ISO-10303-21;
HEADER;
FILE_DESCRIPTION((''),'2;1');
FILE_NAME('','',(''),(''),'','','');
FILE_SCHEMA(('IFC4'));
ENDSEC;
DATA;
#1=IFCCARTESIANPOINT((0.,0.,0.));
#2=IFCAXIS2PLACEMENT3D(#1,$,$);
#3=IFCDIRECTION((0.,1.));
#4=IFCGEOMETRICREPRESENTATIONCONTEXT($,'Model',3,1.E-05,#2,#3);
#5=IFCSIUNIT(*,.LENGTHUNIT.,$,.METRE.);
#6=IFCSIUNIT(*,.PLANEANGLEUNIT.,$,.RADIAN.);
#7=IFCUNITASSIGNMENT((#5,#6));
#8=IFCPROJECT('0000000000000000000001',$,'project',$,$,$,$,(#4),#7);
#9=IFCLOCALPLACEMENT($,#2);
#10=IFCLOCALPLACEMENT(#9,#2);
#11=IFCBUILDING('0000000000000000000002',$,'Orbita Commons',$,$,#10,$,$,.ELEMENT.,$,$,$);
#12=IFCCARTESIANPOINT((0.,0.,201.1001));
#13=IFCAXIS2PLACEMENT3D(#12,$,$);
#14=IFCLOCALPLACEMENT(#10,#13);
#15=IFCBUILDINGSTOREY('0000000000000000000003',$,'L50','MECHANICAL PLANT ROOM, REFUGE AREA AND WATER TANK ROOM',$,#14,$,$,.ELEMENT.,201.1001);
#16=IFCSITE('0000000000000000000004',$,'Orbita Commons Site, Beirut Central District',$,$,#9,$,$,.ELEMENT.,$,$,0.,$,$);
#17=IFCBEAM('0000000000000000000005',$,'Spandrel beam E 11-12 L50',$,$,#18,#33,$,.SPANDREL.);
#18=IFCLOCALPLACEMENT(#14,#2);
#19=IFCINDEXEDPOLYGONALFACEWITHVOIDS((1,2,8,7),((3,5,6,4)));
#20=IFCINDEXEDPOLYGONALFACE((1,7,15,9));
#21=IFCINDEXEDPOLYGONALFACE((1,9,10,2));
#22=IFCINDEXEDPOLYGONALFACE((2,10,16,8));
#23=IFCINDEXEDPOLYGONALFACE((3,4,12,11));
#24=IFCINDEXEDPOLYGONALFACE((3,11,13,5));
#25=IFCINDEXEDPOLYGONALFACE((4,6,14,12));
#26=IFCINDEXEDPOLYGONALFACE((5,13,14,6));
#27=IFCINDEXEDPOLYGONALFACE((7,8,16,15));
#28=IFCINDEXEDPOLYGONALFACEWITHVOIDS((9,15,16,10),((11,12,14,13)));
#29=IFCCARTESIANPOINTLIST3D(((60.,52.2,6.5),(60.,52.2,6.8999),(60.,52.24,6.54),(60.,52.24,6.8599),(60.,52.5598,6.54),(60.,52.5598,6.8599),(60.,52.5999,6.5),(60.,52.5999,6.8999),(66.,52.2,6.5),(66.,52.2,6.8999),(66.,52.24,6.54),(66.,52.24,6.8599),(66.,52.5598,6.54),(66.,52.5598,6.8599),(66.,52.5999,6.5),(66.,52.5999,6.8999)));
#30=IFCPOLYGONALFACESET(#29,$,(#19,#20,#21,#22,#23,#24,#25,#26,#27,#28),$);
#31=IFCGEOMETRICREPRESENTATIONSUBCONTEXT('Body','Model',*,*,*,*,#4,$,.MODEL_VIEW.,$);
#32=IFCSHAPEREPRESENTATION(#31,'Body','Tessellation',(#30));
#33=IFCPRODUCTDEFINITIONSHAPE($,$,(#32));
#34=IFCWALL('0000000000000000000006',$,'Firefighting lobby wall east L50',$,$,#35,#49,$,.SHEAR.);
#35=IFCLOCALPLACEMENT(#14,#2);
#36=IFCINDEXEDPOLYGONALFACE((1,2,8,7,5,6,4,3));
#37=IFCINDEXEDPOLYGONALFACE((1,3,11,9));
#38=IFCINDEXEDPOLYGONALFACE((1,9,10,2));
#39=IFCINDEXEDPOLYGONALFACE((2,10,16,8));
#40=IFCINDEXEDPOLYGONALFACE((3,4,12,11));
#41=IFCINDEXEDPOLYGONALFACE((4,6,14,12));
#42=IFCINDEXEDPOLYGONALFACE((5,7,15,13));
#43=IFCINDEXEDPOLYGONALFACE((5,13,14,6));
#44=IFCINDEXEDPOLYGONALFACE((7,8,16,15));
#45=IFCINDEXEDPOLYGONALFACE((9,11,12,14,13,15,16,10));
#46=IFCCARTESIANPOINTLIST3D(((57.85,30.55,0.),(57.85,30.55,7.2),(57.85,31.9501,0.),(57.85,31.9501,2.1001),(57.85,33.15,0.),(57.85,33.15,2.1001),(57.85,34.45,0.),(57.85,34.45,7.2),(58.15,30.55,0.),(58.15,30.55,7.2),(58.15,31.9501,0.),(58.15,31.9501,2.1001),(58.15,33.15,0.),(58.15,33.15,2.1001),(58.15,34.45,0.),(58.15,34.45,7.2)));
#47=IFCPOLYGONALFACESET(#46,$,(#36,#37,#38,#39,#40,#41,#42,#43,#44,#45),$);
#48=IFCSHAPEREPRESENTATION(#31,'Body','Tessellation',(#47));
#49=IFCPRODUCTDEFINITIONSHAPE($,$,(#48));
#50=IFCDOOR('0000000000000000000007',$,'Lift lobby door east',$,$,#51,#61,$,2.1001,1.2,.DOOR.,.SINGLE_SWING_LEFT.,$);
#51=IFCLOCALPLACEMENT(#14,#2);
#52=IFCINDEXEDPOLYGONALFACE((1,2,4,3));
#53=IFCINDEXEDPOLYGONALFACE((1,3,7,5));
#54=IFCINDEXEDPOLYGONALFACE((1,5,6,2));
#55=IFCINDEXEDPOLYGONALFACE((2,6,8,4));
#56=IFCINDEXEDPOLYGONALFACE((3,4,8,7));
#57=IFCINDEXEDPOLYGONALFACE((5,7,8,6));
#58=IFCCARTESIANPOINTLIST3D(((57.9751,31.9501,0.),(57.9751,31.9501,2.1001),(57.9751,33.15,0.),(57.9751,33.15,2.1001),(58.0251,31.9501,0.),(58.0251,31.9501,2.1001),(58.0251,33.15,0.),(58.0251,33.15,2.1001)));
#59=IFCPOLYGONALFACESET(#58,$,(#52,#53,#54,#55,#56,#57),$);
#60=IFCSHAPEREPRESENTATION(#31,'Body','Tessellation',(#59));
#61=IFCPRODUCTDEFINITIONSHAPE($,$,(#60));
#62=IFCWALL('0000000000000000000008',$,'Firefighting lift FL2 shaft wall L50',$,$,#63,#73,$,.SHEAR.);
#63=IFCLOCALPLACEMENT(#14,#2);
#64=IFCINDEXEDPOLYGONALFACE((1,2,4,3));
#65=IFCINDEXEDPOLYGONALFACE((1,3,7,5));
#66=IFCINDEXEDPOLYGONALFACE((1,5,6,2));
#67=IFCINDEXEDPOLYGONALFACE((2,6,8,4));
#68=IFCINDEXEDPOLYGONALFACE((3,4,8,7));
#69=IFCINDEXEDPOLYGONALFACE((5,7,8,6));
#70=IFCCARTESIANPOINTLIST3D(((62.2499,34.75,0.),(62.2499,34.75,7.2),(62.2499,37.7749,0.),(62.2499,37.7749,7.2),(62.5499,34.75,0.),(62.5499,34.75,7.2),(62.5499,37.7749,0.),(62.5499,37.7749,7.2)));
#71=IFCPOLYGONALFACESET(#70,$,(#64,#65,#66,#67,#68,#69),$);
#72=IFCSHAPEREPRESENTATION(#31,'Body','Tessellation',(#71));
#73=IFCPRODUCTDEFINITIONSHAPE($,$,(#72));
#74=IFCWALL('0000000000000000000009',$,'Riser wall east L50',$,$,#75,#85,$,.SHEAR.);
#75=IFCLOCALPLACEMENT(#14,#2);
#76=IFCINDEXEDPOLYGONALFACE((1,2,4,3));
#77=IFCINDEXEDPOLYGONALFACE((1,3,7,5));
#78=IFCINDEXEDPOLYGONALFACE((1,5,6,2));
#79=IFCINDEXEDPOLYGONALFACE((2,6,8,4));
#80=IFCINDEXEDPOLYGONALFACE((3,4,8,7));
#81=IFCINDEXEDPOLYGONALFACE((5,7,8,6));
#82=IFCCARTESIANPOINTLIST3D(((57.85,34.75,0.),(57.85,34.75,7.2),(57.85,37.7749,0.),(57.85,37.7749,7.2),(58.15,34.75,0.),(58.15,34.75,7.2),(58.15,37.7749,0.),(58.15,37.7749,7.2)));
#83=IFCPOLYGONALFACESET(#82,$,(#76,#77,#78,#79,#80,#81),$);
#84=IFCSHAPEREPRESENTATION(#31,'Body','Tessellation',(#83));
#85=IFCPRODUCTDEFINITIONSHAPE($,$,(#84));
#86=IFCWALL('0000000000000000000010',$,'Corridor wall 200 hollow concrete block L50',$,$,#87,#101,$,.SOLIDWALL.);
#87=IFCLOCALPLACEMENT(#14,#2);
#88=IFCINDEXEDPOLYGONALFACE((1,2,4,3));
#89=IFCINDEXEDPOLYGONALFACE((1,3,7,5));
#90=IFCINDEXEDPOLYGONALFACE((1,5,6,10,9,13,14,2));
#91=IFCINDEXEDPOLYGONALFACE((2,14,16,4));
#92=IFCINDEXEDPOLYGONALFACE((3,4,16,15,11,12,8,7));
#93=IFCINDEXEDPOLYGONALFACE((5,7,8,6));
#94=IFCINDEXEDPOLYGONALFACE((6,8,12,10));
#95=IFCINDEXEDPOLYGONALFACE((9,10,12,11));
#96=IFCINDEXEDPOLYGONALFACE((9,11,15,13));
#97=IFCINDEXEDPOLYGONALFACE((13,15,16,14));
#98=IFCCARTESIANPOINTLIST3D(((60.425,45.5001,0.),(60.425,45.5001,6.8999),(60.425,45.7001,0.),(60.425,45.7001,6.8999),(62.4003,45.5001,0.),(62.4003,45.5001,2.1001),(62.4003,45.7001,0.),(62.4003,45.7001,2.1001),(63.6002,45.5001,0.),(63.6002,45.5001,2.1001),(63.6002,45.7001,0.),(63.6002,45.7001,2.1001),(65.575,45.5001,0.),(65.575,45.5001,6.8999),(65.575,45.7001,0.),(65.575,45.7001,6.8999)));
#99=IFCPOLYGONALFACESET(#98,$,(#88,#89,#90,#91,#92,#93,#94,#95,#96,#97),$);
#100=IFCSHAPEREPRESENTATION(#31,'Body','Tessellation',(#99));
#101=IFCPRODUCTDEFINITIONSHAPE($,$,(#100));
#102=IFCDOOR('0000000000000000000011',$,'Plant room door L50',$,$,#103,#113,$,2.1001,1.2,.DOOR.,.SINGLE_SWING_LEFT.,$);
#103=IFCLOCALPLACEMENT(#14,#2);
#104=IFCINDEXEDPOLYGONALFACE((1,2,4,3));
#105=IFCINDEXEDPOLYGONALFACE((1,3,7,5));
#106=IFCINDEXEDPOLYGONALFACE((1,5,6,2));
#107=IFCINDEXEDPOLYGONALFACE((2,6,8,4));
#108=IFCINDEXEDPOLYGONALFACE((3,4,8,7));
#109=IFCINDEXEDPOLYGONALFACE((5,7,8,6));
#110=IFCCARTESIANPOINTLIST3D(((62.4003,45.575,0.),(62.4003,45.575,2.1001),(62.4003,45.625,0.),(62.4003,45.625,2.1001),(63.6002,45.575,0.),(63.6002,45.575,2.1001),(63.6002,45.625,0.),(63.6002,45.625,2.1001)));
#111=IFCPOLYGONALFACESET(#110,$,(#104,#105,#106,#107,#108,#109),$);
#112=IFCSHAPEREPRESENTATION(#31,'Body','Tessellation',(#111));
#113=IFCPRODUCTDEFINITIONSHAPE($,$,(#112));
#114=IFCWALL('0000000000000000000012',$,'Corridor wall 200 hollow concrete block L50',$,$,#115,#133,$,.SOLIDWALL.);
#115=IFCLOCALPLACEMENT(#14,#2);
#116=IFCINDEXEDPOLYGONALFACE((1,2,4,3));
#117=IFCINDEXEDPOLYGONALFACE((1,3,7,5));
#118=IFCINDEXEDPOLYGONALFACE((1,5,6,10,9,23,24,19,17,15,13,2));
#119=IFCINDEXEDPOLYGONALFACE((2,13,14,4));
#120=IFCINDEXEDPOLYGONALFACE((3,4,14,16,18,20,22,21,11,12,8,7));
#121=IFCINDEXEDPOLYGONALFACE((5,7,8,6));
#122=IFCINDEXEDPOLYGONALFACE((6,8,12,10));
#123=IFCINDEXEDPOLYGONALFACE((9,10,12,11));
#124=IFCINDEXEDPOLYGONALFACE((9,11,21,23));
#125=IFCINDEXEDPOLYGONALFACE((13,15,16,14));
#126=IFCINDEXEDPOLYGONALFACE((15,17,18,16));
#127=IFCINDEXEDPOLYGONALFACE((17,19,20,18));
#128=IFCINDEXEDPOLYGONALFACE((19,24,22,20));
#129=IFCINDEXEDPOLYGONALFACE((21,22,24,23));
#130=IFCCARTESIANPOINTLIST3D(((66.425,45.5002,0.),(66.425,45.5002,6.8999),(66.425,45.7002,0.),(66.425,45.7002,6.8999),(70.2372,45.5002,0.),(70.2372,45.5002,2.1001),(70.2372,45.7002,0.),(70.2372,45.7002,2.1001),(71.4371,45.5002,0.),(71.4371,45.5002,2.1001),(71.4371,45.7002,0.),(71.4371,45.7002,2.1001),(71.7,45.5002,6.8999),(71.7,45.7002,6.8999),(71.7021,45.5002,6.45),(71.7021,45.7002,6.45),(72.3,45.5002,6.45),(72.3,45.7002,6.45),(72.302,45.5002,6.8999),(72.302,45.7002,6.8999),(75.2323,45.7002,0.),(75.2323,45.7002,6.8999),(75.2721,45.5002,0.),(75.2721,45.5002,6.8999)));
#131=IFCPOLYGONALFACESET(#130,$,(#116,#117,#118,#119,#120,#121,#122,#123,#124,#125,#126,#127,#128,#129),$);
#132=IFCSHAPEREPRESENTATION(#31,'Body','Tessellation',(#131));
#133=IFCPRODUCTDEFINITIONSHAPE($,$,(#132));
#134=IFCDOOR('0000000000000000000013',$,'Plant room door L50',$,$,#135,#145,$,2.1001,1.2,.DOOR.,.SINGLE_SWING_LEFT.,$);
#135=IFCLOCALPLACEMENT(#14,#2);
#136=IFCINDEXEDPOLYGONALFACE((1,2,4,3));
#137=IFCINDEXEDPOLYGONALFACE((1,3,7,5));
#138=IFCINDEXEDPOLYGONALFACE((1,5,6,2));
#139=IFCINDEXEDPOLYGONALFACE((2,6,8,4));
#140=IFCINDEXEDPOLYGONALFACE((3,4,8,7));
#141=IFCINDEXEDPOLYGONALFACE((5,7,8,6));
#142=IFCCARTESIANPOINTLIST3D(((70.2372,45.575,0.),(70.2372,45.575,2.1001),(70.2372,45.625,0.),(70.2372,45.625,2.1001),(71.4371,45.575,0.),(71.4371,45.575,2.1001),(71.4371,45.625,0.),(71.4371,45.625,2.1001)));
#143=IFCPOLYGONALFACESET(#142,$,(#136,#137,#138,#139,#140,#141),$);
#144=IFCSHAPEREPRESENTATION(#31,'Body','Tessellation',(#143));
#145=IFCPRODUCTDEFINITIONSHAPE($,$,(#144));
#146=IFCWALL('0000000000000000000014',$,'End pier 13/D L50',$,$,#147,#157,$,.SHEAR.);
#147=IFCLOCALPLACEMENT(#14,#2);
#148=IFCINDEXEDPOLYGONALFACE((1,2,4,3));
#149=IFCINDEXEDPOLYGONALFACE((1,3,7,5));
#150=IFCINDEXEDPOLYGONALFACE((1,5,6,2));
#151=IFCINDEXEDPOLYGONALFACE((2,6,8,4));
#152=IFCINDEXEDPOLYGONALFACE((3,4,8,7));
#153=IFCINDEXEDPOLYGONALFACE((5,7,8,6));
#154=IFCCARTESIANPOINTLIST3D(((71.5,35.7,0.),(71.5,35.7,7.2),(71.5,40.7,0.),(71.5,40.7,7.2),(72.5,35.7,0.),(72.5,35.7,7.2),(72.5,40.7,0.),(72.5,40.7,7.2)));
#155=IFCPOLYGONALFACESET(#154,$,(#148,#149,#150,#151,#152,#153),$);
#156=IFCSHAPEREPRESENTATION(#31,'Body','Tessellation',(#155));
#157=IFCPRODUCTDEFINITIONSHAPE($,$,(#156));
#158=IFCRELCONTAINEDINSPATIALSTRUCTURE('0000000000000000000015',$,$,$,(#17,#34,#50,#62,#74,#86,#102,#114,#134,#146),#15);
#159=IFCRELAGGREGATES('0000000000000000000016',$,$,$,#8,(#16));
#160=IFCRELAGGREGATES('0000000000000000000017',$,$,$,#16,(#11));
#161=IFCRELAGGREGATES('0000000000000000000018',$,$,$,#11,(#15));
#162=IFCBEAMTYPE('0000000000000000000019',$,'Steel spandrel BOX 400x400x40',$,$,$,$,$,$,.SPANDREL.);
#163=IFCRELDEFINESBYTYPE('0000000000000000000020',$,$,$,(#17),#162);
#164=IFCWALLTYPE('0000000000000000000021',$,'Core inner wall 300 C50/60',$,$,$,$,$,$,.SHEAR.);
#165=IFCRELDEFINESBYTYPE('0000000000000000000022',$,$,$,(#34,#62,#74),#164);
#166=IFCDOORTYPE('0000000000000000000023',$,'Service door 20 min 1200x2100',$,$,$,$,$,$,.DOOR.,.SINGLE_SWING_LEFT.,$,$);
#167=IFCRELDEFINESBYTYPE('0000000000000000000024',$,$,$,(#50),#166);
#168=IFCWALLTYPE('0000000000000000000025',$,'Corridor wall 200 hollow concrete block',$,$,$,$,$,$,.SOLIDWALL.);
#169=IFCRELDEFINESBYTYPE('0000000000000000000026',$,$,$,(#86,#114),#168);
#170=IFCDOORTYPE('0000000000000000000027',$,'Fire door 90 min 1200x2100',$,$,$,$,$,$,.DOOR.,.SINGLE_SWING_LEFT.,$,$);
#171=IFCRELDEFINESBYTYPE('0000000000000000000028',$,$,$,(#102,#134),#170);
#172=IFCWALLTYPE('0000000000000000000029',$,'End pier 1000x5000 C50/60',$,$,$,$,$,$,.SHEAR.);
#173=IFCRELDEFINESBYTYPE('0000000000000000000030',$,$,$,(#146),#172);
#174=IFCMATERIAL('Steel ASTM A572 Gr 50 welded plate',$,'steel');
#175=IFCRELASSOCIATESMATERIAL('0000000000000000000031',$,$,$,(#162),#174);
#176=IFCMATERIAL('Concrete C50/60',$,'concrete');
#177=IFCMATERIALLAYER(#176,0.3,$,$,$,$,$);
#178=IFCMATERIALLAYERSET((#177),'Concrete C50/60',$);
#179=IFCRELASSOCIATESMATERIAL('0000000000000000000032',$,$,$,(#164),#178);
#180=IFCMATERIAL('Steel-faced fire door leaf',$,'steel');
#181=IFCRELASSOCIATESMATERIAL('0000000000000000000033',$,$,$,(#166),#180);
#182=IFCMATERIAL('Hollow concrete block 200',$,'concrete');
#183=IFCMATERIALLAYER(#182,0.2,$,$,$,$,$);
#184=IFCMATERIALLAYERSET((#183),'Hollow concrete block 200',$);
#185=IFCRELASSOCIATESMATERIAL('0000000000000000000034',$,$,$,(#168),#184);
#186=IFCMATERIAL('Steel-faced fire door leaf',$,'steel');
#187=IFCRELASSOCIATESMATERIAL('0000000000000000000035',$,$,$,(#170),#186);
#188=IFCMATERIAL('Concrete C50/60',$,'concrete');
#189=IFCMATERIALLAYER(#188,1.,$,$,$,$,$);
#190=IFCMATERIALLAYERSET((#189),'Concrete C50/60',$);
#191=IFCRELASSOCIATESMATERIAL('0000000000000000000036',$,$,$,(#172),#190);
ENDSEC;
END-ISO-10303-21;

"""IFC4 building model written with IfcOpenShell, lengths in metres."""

from ifc_helpers import new_model, si_unit, direction, frame, frame_2d, origin, origin_2d, place, context, subcontext, project, spatial, polyline, rectangle, hollow_rectangle, outline, extrude, clip, halfspace, material, layer, layer_set, material_profile, profile_set, type_object, element, fill, save


model = new_model("IFC4")

# Units and contexts
model_context = context("Model", 3, precision=1e-05, world=origin(), true_north=direction((0.0, 1.0)))
body_context = subcontext(model_context, "Body", "Model", "MODEL_VIEW")
ifc_project = project(units=[si_unit("LENGTHUNIT", "METRE"), si_unit("PLANEANGLEUNIT", "RADIAN")], contexts=[model_context])

# Site, building, storey
site_placement = place(None, origin())
site = spatial("IfcSite", under=ifc_project, at=site_placement, Name="Orbita Commons Site, Beirut Central District", CompositionType="ELEMENT", RefElevation=0.0)
building_placement = place(site_placement, origin())
building = spatial("IfcBuilding", under=site, at=building_placement, Name="Orbita Commons", CompositionType="ELEMENT")
storey_placement = place(building_placement, frame((0.0, 0.0, 201.1001)))
storey = spatial("IfcBuildingStorey", under=building, at=storey_placement, Name="L50", Description="MECHANICAL PLANT ROOM, REFUGE AREA AND WATER TANK ROOM", CompositionType="ELEMENT", Elevation=201.1001)

# Beam
ifc_material_1 = material(Name="Steel ASTM A572 Gr 50 welded plate", Category="steel")
ifc_material_profile_1 = material_profile(ifc_material_1, hollow_rectangle(XDim=0.3999, YDim=0.3999, WallThickness=0.04, at=origin_2d()), Name="BOX 400x400x40")
ifc_profile_set_1 = profile_set([ifc_material_profile_1], Name="Steel ASTM A572 Gr 50 welded plate")
beam_type_1 = type_object("IfcBeamType", Name="Steel spandrel BOX 400x400x40", PredefinedType="SPANDREL", material=ifc_profile_set_1)
beam_1_placement = place(storey_placement, frame((60.0, 52.3999, 6.7), z_axis=(1.0, 0.0, 0.0), x_axis=(0.0, 1.0, 0.0)))
element("IfcBeam", 1, at=beam_1_placement, inside=storey, type_object=beam_type_1, Name="Spandrel beam E 11-12 L50", PredefinedType="SPANDREL", context=body_context, shape_type="SweptSolid", body=[
    extrude(hollow_rectangle(XDim=0.3999, YDim=0.3999, WallThickness=0.04, at=origin_2d()), origin(), (0.0, 0.0, 1.0), 6.0),
])

# Wall, opening, door
ifc_material_2 = material(Name="Concrete C50/60", Category="concrete")
ifc_layer_1 = layer(ifc_material_2, 0.3)
ifc_layer_set_1 = layer_set([ifc_layer_1], Name="Concrete C50/60")
wall_type_1 = type_object("IfcWallType", Name="Core inner wall 300 C50/60", PredefinedType="SHEAR", material=ifc_layer_set_1)
wall_1_placement = place(storey_placement, frame((58.0, 30.55, 0.0), z_axis=(0.0, 0.0, 1.0), x_axis=(0.0, 1.0, 0.0)))
wall_1 = element("IfcWall", 2, at=wall_1_placement, inside=storey, type_object=wall_type_1, Name="Firefighting lobby wall east L50", PredefinedType="SHEAR", context=body_context, shape_type="SweptSolid", body=[
    extrude(rectangle(XDim=3.8999, YDim=0.3, at=frame_2d((1.95, 0.0))), origin(), (0.0, 0.0, 1.0), 7.2),
])
opening_1_placement = place(wall_1_placement, frame((1.3999, 0.0, 0.0)))
opening_1 = element("IfcOpeningElement", 3, at=opening_1_placement, cuts=wall_1, PredefinedType="OPENING", context=body_context, shape_type="SweptSolid", body=[
    extrude(rectangle(XDim=1.2, YDim=2.1001, at=frame_2d((0.6001, 1.05))), frame((0.0, 0.1599, 0.0), z_axis=(0.0, -1.0, 0.0), x_axis=(1.0, 0.0, 0.0)), (0.0, 0.0, 1.0), 0.3201),
])
ifc_material_3 = material(Name="Steel-faced fire door leaf", Category="steel")
door_type_1 = type_object("IfcDoorType", Name="Service door 20 min 1200x2100", OperationType="SINGLE_SWING_LEFT", PredefinedType="DOOR", material=ifc_material_3)
door_1_placement = place(opening_1_placement, origin())
door_1 = element("IfcDoor", 4, at=door_1_placement, inside=storey, type_object=door_type_1, Name="Lift lobby door east", OperationType="SINGLE_SWING_LEFT", OverallHeight=2.1001, OverallWidth=1.2, PredefinedType="DOOR", context=body_context, shape_type="SweptSolid", body=[
    extrude(rectangle(XDim=1.2, YDim=2.1001, at=frame_2d((0.6001, 1.05))), frame((0.0, 0.0249, 0.0), z_axis=(0.0, -1.0, 0.0), x_axis=(1.0, 0.0, 0.0)), (0.0, 0.0, 1.0), 0.05),
])
fill(opening_1, door_1)

# Walls
for number, where, z_axis, x_axis, name in (
    (5, (62.3999, 34.75, 0.0), (0.0, 0.0, 1.0), (0.0, 1.0, 0.0), "Firefighting lift FL2 shaft wall L50"),
    (6, (58.0, 34.75, 0.0), (0.0, 0.0, 1.0), (0.0, 1.0, 0.0), "Riser wall east L50"),
):
    element("IfcWall", number, at=place(storey_placement, frame(where, z_axis=z_axis, x_axis=x_axis)), inside=storey, type_object=wall_type_1, Name=name, PredefinedType="SHEAR", context=body_context, shape_type="SweptSolid", body=[
        extrude(rectangle(XDim=3.0249, YDim=0.3, at=frame_2d((1.5125, 0.0))), origin(), (0.0, 0.0, 1.0), 7.2),
    ])

# Walls, openings, doors
ifc_material_4 = material(Name="Hollow concrete block 200", Category="concrete")
ifc_layer_2 = layer(ifc_material_4, 0.2)
ifc_layer_set_2 = layer_set([ifc_layer_2], Name="Hollow concrete block 200")
wall_type_2 = type_object("IfcWallType", Name="Corridor wall 200 hollow concrete block", PredefinedType="SOLIDWALL", material=ifc_layer_set_2)
wall_2_placement = place(storey_placement, frame((60.425, 45.6001, 0.0), z_axis=(0.0, 0.0, 1.0), x_axis=(1.0, 0.0, 0.0)))
wall_2 = element("IfcWall", 7, at=wall_2_placement, inside=storey, type_object=wall_type_2, Name="Corridor wall 200 hollow concrete block L50", PredefinedType="SOLIDWALL", context=body_context, shape_type="SweptSolid", body=[
    extrude(rectangle(XDim=5.1499, YDim=0.2, at=frame_2d((2.575, 0.0))), origin(), (0.0, 0.0, 1.0), 6.8999),
])
opening_2_placement = place(wall_2_placement, frame((1.9751, 0.0, 0.0)))
opening_2 = element("IfcOpeningElement", 8, at=opening_2_placement, cuts=wall_2, PredefinedType="OPENING", context=body_context, shape_type="SweptSolid", body=[
    extrude(rectangle(XDim=1.2, YDim=2.1001, at=frame_2d((0.6001, 1.05))), frame((0.0, 0.1099, 0.0), z_axis=(0.0, -1.0, 0.0), x_axis=(1.0, 0.0, 0.0)), (0.0, 0.0, 1.0), 0.22),
])
ifc_material_5 = material(Name="Steel-faced fire door leaf", Category="steel")
door_type_2 = type_object("IfcDoorType", Name="Fire door 90 min 1200x2100", OperationType="SINGLE_SWING_LEFT", PredefinedType="DOOR", material=ifc_material_5)
door_2_placement = place(opening_2_placement, origin())
door_2 = element("IfcDoor", 9, at=door_2_placement, inside=storey, type_object=door_type_2, Name="Plant room door L50", OperationType="SINGLE_SWING_LEFT", OverallHeight=2.1001, OverallWidth=1.2, PredefinedType="DOOR", context=body_context, shape_type="SweptSolid", body=[
    extrude(rectangle(XDim=1.2, YDim=2.1001, at=frame_2d((0.6001, 1.05))), frame((0.0, 0.0249, 0.0), z_axis=(0.0, -1.0, 0.0), x_axis=(1.0, 0.0, 0.0)), (0.0, 0.0, 1.0), 0.05),
])
fill(opening_2, door_2)
wall_3_placement = place(storey_placement, frame((66.425, 45.6001, 0.0), z_axis=(0.0, 0.0, 1.0), x_axis=(1.0, 0.0, 0.0)))
wall_3 = element("IfcWall", 10, at=wall_3_placement, inside=storey, type_object=wall_type_2, Name="Corridor wall 200 hollow concrete block L50", PredefinedType="SOLIDWALL", context=body_context, shape_type="Clipping", body=[
    clip(clip(extrude(outline(polyline([(-0.0298, 0.0), (8.8569, 0.0), (8.8569, 6.8999), (5.877, 6.8999), (5.875, 6.45), (5.2771, 6.45), (5.2749, 6.8999), (-0.0298, 6.8999), (-0.0298, 0.0)])), frame((0.0, 0.1001, 0.0), z_axis=(0.0, -1.0, 0.0), x_axis=(1.0, 0.0, 0.0)), (0.0, 0.0, 1.0), 0.2), halfspace(frame((0.0, 0.0, 0.0), z_axis=(-1.0, 0.0, 0.0)), False)), halfspace(frame((8.8271, 0.0, 0.0), z_axis=(0.980788, 0.195079, 0.0)), False)),
])
opening_3_placement = place(wall_3_placement, frame((3.812, 0.0, 0.0)))
opening_3 = element("IfcOpeningElement", 11, at=opening_3_placement, cuts=wall_3, PredefinedType="OPENING", context=body_context, shape_type="SweptSolid", body=[
    extrude(rectangle(XDim=1.2, YDim=2.1001, at=frame_2d((0.6001, 1.05))), frame((0.0, 0.1099, 0.0), z_axis=(0.0, -1.0, 0.0), x_axis=(1.0, 0.0, 0.0)), (0.0, 0.0, 1.0), 0.22),
])
door_3_placement = place(opening_3_placement, origin())
door_3 = element("IfcDoor", 12, at=door_3_placement, inside=storey, type_object=door_type_2, Name="Plant room door L50", OperationType="SINGLE_SWING_LEFT", OverallHeight=2.1001, OverallWidth=1.2, PredefinedType="DOOR", context=body_context, shape_type="SweptSolid", body=[
    extrude(rectangle(XDim=1.2, YDim=2.1001, at=frame_2d((0.6001, 1.05))), frame((0.0, 0.0249, 0.0), z_axis=(0.0, -1.0, 0.0), x_axis=(1.0, 0.0, 0.0)), (0.0, 0.0, 1.0), 0.05),
])
fill(opening_3, door_3)

# Wall
ifc_material_6 = material(Name="Concrete C50/60", Category="concrete")
ifc_layer_3 = layer(ifc_material_6, 1.0)
ifc_layer_set_3 = layer_set([ifc_layer_3], Name="Concrete C50/60")
wall_type_3 = type_object("IfcWallType", Name="End pier 1000x5000 C50/60", PredefinedType="SHEAR", material=ifc_layer_set_3)
wall_4_placement = place(storey_placement, frame((72.0, 35.7, 0.0), z_axis=(0.0, 0.0, 1.0), x_axis=(0.0, 1.0, 0.0)))
element("IfcWall", 13, at=wall_4_placement, inside=storey, type_object=wall_type_3, Name="End pier 13/D L50", PredefinedType="SHEAR", context=body_context, shape_type="SweptSolid", body=[
    extrude(rectangle(XDim=5.0, YDim=1.0, at=frame_2d((2.5, 0.0))), origin(), (0.0, 0.0, 1.0), 7.2),
])

save(model, "model.ifc")
